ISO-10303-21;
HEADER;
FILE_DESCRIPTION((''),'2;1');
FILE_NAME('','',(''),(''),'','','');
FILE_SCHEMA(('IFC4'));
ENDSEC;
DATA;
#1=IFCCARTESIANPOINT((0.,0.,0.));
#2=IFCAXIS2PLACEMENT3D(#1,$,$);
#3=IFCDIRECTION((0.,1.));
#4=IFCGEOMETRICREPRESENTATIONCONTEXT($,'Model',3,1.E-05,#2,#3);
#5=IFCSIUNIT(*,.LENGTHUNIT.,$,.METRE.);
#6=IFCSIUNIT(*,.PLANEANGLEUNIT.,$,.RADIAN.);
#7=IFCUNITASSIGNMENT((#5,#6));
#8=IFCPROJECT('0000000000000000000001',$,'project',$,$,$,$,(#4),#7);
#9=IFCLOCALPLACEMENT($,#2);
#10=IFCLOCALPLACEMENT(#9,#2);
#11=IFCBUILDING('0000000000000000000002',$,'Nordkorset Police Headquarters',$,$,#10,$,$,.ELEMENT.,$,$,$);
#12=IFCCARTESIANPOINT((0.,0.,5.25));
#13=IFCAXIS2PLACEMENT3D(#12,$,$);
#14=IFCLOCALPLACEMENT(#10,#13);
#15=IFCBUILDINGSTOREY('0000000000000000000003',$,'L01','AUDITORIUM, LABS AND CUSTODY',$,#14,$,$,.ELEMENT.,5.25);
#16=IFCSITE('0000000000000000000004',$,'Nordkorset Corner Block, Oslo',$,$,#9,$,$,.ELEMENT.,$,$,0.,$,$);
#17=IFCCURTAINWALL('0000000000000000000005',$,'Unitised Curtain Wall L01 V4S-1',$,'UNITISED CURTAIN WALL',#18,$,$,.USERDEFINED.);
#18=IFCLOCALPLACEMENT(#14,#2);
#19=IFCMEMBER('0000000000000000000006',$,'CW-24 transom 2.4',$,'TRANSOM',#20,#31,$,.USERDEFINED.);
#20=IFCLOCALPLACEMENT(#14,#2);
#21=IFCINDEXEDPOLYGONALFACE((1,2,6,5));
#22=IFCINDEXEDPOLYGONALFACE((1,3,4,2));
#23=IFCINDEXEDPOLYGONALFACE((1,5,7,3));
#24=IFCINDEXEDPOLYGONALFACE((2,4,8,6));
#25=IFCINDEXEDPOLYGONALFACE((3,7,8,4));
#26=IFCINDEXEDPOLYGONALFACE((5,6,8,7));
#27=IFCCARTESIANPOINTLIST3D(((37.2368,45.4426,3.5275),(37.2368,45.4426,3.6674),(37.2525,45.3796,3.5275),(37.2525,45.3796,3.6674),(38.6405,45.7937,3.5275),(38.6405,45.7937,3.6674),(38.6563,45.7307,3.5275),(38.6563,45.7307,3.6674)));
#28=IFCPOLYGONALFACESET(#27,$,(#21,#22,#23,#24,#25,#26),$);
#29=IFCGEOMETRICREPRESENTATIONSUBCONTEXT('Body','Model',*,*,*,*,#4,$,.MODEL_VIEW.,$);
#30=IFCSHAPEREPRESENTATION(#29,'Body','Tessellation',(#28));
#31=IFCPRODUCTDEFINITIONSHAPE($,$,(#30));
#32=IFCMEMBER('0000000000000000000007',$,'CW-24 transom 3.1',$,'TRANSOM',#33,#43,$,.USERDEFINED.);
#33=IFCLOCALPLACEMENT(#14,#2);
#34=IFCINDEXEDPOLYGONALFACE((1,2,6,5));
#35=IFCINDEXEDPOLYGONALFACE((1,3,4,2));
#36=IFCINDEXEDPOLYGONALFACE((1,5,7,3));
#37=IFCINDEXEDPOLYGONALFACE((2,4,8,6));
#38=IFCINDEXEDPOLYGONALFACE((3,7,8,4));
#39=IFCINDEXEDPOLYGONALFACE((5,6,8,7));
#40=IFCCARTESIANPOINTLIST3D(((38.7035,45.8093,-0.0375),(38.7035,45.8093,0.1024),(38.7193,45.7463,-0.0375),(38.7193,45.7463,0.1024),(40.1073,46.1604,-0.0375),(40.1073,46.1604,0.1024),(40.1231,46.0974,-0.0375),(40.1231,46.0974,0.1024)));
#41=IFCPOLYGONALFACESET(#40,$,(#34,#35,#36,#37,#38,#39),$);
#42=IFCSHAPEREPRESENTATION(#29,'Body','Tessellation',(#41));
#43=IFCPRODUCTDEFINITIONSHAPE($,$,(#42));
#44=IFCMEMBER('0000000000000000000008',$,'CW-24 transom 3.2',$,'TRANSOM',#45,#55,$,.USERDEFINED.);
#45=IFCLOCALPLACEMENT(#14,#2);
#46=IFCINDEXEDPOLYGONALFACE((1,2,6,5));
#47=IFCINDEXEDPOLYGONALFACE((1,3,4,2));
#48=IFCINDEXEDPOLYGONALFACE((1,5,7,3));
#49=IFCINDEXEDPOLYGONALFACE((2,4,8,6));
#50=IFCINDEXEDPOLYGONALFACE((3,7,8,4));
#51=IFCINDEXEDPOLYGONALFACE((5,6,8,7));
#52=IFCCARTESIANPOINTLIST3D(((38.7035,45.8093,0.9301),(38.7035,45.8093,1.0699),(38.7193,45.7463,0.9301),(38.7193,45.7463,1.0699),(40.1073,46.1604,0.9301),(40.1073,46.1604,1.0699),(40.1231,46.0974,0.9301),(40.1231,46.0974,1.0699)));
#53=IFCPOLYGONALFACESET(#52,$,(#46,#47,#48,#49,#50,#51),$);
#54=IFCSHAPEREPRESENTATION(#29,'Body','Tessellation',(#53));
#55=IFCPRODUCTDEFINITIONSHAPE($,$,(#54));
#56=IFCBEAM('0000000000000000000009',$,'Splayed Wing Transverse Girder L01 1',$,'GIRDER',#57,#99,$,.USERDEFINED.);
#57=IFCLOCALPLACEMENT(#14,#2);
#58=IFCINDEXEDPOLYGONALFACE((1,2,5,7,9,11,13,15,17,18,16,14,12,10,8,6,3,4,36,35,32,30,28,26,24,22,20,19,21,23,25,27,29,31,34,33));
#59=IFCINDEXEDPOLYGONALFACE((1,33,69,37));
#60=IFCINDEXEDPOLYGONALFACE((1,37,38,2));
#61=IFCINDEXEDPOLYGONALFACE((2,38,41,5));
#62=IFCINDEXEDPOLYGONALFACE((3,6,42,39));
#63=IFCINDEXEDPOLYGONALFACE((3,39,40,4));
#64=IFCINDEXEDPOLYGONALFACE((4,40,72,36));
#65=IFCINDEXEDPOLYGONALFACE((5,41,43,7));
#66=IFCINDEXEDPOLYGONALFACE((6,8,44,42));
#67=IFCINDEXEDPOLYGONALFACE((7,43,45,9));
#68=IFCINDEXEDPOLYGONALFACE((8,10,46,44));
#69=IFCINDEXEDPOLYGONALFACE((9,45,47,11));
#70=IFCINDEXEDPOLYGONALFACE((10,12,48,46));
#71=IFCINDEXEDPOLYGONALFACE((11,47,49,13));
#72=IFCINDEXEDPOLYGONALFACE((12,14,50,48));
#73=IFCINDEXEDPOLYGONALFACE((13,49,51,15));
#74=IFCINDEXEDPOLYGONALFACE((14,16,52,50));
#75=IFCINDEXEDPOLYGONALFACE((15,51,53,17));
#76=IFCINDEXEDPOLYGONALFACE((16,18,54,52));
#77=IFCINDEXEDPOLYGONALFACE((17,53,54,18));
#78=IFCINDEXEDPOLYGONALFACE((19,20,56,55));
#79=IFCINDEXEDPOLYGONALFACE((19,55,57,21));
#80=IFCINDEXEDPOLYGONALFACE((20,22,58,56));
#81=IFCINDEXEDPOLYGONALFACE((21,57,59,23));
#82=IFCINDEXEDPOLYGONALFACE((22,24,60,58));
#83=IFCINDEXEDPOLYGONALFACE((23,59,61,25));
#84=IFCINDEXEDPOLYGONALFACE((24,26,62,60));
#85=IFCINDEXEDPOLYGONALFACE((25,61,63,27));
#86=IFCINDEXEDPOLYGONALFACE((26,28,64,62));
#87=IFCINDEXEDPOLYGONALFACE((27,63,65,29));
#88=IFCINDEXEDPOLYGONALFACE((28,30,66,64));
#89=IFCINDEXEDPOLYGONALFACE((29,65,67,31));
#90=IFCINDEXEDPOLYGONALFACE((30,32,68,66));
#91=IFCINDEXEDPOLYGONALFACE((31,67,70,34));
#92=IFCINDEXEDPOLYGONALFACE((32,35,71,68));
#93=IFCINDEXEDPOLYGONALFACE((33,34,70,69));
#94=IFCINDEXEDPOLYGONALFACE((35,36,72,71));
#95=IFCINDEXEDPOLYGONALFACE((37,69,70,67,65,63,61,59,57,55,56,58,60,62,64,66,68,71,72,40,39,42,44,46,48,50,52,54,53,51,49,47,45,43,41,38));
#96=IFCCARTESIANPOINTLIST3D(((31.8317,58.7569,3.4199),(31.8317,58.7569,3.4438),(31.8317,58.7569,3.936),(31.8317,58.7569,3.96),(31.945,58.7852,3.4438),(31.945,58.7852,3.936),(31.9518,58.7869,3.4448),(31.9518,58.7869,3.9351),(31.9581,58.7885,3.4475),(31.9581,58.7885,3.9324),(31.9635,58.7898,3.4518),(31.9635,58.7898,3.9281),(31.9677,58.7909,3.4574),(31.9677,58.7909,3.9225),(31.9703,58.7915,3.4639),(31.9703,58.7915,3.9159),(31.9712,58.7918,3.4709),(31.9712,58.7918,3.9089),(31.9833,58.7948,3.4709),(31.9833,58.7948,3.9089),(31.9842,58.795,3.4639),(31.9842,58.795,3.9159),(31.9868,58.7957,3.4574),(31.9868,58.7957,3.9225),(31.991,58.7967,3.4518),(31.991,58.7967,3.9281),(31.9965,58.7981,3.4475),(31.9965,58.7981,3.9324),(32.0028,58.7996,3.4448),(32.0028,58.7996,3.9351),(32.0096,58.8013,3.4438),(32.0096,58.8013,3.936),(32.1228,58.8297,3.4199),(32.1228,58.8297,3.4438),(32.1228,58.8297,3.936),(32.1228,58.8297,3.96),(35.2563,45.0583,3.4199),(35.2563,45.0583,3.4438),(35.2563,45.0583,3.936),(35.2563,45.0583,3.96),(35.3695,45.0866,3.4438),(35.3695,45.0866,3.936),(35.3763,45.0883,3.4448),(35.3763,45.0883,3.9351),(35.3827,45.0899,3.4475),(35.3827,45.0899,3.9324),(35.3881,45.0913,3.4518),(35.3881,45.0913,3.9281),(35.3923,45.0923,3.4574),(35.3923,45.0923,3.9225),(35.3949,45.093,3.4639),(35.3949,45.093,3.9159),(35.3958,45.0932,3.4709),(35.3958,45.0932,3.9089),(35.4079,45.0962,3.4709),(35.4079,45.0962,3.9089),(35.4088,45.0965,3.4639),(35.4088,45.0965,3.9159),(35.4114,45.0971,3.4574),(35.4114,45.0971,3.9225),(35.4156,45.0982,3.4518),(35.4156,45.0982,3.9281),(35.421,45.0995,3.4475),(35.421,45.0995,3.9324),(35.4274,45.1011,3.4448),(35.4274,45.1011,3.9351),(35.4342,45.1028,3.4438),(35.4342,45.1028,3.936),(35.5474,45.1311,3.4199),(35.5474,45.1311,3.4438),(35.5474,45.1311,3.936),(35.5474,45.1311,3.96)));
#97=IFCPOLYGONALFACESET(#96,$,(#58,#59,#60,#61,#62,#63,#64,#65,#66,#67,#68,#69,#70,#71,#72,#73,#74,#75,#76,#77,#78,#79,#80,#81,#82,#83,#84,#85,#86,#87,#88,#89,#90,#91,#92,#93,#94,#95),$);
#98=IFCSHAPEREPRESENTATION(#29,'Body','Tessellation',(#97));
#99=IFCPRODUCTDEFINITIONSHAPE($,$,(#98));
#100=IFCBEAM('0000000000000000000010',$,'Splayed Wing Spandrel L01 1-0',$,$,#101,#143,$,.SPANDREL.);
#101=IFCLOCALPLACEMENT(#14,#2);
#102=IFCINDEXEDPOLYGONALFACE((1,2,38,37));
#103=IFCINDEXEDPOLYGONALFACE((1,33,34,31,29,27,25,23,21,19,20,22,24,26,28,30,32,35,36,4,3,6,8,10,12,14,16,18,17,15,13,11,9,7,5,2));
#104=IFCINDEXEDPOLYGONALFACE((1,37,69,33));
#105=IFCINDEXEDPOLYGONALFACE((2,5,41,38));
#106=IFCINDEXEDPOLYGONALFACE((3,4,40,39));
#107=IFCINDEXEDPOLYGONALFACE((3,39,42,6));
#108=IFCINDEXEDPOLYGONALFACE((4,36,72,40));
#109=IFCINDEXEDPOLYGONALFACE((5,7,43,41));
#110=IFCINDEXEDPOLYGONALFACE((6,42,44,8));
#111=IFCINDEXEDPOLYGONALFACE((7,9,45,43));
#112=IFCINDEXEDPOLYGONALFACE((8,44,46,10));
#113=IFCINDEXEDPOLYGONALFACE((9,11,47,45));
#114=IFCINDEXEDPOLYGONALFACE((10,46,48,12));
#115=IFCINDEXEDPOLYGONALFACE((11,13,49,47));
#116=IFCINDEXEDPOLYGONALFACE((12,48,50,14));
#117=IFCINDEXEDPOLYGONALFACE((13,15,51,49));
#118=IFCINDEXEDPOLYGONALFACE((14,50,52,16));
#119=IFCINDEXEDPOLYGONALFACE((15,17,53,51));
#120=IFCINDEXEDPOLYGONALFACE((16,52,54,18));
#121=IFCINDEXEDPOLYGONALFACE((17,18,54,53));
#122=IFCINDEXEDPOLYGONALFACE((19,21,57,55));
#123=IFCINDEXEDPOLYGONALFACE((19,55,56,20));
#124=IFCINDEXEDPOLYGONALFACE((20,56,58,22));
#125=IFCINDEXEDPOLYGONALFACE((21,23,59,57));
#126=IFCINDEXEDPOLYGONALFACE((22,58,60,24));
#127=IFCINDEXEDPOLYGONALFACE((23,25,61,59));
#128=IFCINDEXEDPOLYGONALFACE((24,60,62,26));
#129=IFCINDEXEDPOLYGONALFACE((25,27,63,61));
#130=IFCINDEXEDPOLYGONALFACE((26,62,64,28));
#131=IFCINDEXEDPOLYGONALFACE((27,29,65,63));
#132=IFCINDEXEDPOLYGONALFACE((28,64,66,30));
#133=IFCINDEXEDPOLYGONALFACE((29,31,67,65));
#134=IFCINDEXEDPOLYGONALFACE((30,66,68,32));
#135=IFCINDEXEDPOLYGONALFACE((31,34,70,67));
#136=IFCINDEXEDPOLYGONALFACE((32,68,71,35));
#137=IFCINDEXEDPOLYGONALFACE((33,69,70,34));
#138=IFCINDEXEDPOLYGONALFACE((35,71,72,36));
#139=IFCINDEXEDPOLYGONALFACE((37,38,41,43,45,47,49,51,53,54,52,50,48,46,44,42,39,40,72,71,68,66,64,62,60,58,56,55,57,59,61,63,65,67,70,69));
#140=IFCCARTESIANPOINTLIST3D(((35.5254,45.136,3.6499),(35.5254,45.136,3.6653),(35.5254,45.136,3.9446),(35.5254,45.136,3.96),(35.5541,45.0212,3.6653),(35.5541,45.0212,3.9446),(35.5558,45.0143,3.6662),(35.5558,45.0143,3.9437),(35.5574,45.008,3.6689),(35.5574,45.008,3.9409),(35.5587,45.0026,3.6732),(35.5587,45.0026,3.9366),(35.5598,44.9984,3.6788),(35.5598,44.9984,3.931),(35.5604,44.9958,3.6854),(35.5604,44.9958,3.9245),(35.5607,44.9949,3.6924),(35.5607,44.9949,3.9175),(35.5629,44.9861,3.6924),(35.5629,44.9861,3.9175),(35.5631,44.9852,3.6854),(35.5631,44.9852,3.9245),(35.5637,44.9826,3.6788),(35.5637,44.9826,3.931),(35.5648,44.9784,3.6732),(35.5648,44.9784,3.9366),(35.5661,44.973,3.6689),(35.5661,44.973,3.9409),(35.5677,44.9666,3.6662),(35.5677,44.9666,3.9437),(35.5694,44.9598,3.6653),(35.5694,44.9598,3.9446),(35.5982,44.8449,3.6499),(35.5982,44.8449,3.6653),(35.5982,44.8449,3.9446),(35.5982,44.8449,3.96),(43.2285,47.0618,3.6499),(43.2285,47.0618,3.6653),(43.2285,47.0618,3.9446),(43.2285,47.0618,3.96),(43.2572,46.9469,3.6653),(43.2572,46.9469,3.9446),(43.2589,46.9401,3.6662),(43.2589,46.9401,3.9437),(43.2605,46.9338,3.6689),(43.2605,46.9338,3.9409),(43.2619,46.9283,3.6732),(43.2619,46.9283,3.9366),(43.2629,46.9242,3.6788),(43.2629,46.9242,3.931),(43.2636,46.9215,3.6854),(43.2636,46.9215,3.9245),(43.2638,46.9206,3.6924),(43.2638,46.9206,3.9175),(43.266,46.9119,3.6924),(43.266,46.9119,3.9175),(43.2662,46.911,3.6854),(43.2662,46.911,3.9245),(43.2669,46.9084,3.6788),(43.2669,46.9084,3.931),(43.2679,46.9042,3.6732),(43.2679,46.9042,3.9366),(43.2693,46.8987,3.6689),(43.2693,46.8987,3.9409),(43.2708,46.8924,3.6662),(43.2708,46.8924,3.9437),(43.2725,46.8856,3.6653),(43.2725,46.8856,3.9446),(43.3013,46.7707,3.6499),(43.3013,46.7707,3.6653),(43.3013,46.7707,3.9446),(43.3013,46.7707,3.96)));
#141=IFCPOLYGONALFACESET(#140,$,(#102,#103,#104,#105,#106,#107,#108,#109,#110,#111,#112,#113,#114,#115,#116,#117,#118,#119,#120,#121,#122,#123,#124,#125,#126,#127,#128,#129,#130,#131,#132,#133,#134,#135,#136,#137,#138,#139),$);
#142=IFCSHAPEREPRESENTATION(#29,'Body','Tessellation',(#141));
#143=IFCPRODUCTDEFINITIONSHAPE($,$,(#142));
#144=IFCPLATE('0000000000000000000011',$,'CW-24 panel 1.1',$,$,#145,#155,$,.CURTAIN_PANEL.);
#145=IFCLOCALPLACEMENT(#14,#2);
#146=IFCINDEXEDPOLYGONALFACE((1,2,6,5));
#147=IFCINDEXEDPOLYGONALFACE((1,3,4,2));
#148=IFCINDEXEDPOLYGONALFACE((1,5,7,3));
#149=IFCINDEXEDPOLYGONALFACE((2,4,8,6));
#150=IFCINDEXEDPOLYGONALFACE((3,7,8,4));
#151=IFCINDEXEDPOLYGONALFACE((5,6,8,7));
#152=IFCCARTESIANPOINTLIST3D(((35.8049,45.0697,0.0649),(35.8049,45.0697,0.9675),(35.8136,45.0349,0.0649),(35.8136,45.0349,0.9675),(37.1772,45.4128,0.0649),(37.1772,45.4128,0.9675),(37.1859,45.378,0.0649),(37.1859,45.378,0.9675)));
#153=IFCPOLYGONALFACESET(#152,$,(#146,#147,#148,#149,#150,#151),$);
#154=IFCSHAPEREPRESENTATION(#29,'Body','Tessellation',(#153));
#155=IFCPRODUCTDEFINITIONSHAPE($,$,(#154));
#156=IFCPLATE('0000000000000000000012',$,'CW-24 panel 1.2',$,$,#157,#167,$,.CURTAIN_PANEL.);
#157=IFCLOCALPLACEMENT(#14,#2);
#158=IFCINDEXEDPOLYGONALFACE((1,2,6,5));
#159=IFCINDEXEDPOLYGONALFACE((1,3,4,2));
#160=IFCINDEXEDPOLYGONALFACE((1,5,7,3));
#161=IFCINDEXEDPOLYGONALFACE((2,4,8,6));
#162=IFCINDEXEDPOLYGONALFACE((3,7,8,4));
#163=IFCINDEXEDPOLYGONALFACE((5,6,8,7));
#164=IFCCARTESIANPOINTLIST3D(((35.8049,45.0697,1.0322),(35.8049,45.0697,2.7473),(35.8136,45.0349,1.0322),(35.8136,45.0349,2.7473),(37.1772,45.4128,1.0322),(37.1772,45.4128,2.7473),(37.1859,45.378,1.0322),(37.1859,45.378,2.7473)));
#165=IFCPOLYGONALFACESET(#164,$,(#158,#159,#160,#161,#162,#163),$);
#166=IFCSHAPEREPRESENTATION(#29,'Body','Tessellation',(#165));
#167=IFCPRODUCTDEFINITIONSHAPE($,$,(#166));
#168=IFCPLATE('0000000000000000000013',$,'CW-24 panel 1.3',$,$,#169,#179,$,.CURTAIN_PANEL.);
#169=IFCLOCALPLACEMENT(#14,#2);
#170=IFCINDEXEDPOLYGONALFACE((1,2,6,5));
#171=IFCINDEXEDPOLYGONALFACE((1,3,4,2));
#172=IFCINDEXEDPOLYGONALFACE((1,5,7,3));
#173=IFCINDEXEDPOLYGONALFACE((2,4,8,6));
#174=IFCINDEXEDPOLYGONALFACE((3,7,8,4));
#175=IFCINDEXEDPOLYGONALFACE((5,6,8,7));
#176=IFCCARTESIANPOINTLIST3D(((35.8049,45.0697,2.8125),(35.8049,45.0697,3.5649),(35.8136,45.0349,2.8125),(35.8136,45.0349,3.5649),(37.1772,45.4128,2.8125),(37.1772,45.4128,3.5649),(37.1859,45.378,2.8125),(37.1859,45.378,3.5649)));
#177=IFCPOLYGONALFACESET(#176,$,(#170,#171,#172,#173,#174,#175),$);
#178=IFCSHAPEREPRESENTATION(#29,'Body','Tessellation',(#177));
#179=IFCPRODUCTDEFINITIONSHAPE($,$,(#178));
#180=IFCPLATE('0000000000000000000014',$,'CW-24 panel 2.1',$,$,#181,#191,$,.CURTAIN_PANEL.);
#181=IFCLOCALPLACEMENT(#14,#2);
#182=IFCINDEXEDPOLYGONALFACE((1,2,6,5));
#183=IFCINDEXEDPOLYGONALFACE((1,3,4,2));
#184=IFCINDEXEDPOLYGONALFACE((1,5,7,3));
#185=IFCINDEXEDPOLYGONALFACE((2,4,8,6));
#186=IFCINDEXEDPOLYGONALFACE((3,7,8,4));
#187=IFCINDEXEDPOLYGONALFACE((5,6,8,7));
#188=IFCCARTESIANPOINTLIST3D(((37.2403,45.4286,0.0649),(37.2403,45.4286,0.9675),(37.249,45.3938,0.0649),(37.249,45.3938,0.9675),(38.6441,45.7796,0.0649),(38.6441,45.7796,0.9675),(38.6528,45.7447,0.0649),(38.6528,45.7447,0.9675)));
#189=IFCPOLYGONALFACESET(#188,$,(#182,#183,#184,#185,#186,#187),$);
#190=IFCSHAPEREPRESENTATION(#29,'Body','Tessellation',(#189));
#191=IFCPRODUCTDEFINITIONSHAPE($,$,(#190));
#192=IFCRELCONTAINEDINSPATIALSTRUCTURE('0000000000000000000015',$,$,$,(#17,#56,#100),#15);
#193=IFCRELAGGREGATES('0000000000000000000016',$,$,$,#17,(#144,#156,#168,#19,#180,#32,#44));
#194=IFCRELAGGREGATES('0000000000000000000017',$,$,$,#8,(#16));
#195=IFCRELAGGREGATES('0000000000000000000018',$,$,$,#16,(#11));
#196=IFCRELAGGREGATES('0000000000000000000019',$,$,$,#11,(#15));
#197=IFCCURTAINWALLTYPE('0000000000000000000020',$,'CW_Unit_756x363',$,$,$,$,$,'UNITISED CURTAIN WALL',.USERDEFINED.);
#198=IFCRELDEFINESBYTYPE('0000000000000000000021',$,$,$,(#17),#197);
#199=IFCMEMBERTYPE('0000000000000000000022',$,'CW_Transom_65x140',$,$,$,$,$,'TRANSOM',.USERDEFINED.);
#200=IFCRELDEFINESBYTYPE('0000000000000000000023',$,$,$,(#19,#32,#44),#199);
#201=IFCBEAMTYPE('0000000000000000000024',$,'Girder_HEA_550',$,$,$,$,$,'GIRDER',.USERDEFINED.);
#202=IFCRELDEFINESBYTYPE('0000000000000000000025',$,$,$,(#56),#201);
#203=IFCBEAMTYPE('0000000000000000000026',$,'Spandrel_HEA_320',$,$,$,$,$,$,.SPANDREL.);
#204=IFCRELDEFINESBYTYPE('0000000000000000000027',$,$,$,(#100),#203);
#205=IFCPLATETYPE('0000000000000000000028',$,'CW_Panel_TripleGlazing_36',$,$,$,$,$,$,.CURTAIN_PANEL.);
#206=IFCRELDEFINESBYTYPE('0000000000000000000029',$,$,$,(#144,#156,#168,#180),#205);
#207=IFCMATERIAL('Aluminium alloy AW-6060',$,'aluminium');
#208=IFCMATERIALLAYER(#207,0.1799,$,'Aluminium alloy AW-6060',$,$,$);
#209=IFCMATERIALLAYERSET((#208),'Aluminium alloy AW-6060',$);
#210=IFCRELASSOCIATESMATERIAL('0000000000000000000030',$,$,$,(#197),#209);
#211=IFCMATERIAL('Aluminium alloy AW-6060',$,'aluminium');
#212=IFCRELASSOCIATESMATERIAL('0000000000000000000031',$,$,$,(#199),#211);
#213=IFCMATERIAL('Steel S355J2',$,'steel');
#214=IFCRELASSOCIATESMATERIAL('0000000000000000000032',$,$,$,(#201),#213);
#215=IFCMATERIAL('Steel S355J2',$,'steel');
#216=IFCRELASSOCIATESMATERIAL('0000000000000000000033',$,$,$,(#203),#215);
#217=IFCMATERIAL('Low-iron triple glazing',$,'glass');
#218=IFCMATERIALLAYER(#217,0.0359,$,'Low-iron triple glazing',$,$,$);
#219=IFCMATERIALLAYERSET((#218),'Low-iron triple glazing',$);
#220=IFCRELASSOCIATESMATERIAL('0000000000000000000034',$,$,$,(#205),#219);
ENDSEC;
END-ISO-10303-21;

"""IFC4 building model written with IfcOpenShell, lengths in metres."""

from ifc_helpers import new_model, si_unit, direction, frame, origin, origin_2d, place, context, subcontext, project, spatial, rectangle, i_section, extrude, material, layer, layer_set, material_profile, profile_set, type_object, element, aggregate, save


model = new_model("IFC4")

# Units and contexts
model_context = context("Model", 3, precision=1e-05, world=origin(), true_north=direction((0.0, 1.0)))
body_context = subcontext(model_context, "Body", "Model", "MODEL_VIEW")
ifc_project = project(units=[si_unit("LENGTHUNIT", "METRE"), si_unit("PLANEANGLEUNIT", "RADIAN")], contexts=[model_context])

# Site, building, storey
site_placement = place(None, origin())
site = spatial("IfcSite", under=ifc_project, at=site_placement, Name="Nordkorset Corner Block, Oslo", CompositionType="ELEMENT", RefElevation=0.0)
building_placement = place(site_placement, origin())
building = spatial("IfcBuilding", under=site, at=building_placement, Name="Nordkorset Police Headquarters", CompositionType="ELEMENT")
storey_placement = place(building_placement, frame((0.0, 0.0, 5.25)))
storey = spatial("IfcBuildingStorey", under=building, at=storey_placement, Name="L01", Description="AUDITORIUM, LABS AND CUSTODY", CompositionType="ELEMENT", Elevation=5.25)

# Curtain wall, members
ifc_material_1 = material(Name="Aluminium alloy AW-6060", Category="aluminium")
ifc_layer_1 = layer(ifc_material_1, 0.1799, Name="Aluminium alloy AW-6060")
ifc_layer_set_1 = layer_set([ifc_layer_1], Name="Aluminium alloy AW-6060")
curtain_wall_type = type_object("IfcCurtainWallType", Name="CW_Unit_756x363", ElementType="UNITISED CURTAIN WALL", PredefinedType="USERDEFINED", material=ifc_layer_set_1)
curtain_wall_placement = place(storey_placement, origin())
curtain_wall = element("IfcCurtainWall", 1, at=curtain_wall_placement, inside=storey, type_object=curtain_wall_type, Name="Unitised Curtain Wall L01 V4S-1", ObjectType="UNITISED CURTAIN WALL", PredefinedType="USERDEFINED")
ifc_material_2 = material(Name="Aluminium alloy AW-6060", Category="aluminium")
ifc_material_profile_1 = material_profile(ifc_material_2, rectangle(XDim=0.0649, YDim=0.1399, at=origin_2d()), Name="ALU TRAN 65x140")
ifc_profile_set_1 = profile_set([ifc_material_profile_1], Name="Aluminium alloy AW-6060")
member_type_1 = type_object("IfcMemberType", Name="CW_Transom_65x140", ElementType="TRANSOM", PredefinedType="USERDEFINED", material=ifc_profile_set_1)
member_1_placement = place(storey_placement, frame((37.2446, 45.4111, 3.5974), z_axis=(0.970123, 0.242615, 0.0), x_axis=(-0.242615, 0.970123, 0.0)))
member_1 = element("IfcMember", 2, at=member_1_placement, type_object=member_type_1, Name="CW-24 transom 2.4", ObjectType="TRANSOM", PredefinedType="USERDEFINED", context=body_context, shape_type="SweptSolid", body=[
    extrude(rectangle(XDim=0.0649, YDim=0.1399, at=origin_2d()), origin(), (0.0, 0.0, 1.0), 1.447),
])
member_2_placement = place(storey_placement, frame((38.7114, 45.7778, 0.0325), z_axis=(0.970123, 0.242615, 0.0), x_axis=(-0.242615, 0.970123, 0.0)))
member_2 = element("IfcMember", 3, at=member_2_placement, type_object=member_type_1, Name="CW-24 transom 3.1", ObjectType="TRANSOM", PredefinedType="USERDEFINED", context=body_context, shape_type="SweptSolid", body=[
    extrude(rectangle(XDim=0.0649, YDim=0.1399, at=origin_2d()), origin(), (0.0, 0.0, 1.0), 1.447),
])
member_3_placement = place(storey_placement, frame((38.7114, 45.7778, 1.0), z_axis=(0.970123, 0.242615, 0.0), x_axis=(-0.242615, 0.970123, 0.0)))
member_3 = element("IfcMember", 4, at=member_3_placement, type_object=member_type_1, Name="CW-24 transom 3.2", ObjectType="TRANSOM", PredefinedType="USERDEFINED", context=body_context, shape_type="SweptSolid", body=[
    extrude(rectangle(XDim=0.0649, YDim=0.1399, at=origin_2d()), origin(), (0.0, 0.0, 1.0), 1.447),
])

# Beams
ifc_material_3 = material(Name="Steel S355J2", Category="steel")
ifc_material_profile_2 = material_profile(ifc_material_3, i_section(OverallWidth=0.3, OverallDepth=0.54, WebThickness=0.0125, FlangeThickness=0.0239, FilletRadius=0.0271, at=origin_2d()), Name="HEA 550")
ifc_profile_set_2 = profile_set([ifc_material_profile_2], Name="Steel S355J2")
beam_type_1 = type_object("IfcBeamType", Name="Girder_HEA_550", ElementType="GIRDER", PredefinedType="USERDEFINED", material=ifc_profile_set_2)
beam_1_placement = place(storey_placement, frame((35.4019, 45.0947, 3.6899), z_axis=(-0.242532, 0.970144, 0.0), x_axis=(-0.970144, -0.242532, 0.0)))
element("IfcBeam", 5, at=beam_1_placement, inside=storey, type_object=beam_type_1, Name="Splayed Wing Transverse Girder L01 1", ObjectType="GIRDER", PredefinedType="USERDEFINED", context=body_context, shape_type="SweptSolid", body=[
    extrude(i_section(OverallWidth=0.3, OverallDepth=0.54, WebThickness=0.0125, FlangeThickness=0.0239, FilletRadius=0.0271, at=origin_2d()), origin(), (0.0, 0.0, 1.0), 14.1201),
])
ifc_material_4 = material(Name="Steel S355J2", Category="steel")
ifc_material_profile_3 = material_profile(ifc_material_4, i_section(OverallWidth=0.3, OverallDepth=0.3101, WebThickness=0.009, FlangeThickness=0.0154, FilletRadius=0.0271, at=origin_2d()), Name="HEA 320")
ifc_profile_set_3 = profile_set([ifc_material_profile_3], Name="Steel S355J2")
beam_type_2 = type_object("IfcBeamType", Name="Spandrel_HEA_320", PredefinedType="SPANDREL", material=ifc_profile_set_3)
beam_2_placement = place(storey_placement, frame((35.5618, 44.9905, 3.8049), z_axis=(0.970143, 0.242536, 0.0), x_axis=(-0.242536, 0.970143, 0.0)))
element("IfcBeam", 6, at=beam_2_placement, inside=storey, type_object=beam_type_2, Name="Splayed Wing Spandrel L01 1-0", PredefinedType="SPANDREL", context=body_context, shape_type="SweptSolid", body=[
    extrude(i_section(OverallWidth=0.3, OverallDepth=0.3101, WebThickness=0.009, FlangeThickness=0.0154, FilletRadius=0.0271, at=origin_2d()), origin(), (0.0, 0.0, 1.0), 7.9402),
])

# Plates
ifc_material_5 = material(Name="Low-iron triple glazing", Category="glass")
ifc_layer_2 = layer(ifc_material_5, 0.0359, Name="Low-iron triple glazing")
ifc_layer_set_2 = layer_set([ifc_layer_2], Name="Low-iron triple glazing")
plate_type = type_object("IfcPlateType", Name="CW_Panel_TripleGlazing_36", PredefinedType="CURTAIN_PANEL", material=ifc_layer_set_2)
plate_1_placement = place(storey_placement, frame((36.4954, 45.2239, 0.0649), z_axis=(0.0, 0.0, 1.0), x_axis=(0.970143, 0.242536, 0.0)))
plate_1 = element("IfcPlate", 7, at=plate_1_placement, type_object=plate_type, Name="CW-24 panel 1.1", PredefinedType="CURTAIN_PANEL", context=body_context, shape_type="SweptSolid", body=[
    extrude(rectangle(XDim=1.4146, YDim=0.0359, at=origin_2d()), origin(), (0.0, 0.0, 1.0), 0.9026),
])
plate_2_placement = place(storey_placement, frame((36.4954, 45.2239, 1.0322), z_axis=(0.0, 0.0, 1.0), x_axis=(0.970143, 0.242536, 0.0)))
plate_2 = element("IfcPlate", 8, at=plate_2_placement, type_object=plate_type, Name="CW-24 panel 1.2", PredefinedType="CURTAIN_PANEL", context=body_context, shape_type="SweptSolid", body=[
    extrude(rectangle(XDim=1.4146, YDim=0.0359, at=origin_2d()), origin(), (0.0, 0.0, 1.0), 1.7151),
])
plate_3_placement = place(storey_placement, frame((36.4954, 45.2239, 2.8125), z_axis=(0.0, 0.0, 1.0), x_axis=(0.970143, 0.242536, 0.0)))
plate_3 = element("IfcPlate", 9, at=plate_3_placement, type_object=plate_type, Name="CW-24 panel 1.3", PredefinedType="CURTAIN_PANEL", context=body_context, shape_type="SweptSolid", body=[
    extrude(rectangle(XDim=1.4146, YDim=0.0359, at=origin_2d()), origin(), (0.0, 0.0, 1.0), 0.7524),
])
plate_4_placement = place(storey_placement, frame((37.9465, 45.5867, 0.0649), z_axis=(0.0, 0.0, 1.0), x_axis=(0.970143, 0.242536, 0.0)))
plate_4 = element("IfcPlate", 10, at=plate_4_placement, type_object=plate_type, Name="CW-24 panel 2.1", PredefinedType="CURTAIN_PANEL", context=body_context, shape_type="SweptSolid", body=[
    extrude(rectangle(XDim=1.447, YDim=0.0359, at=origin_2d()), origin(), (0.0, 0.0, 1.0), 0.9026),
])
aggregate(curtain_wall, [plate_1, plate_2, plate_3, member_1, plate_4, member_2, member_3])

save(model, "model.ifc")
